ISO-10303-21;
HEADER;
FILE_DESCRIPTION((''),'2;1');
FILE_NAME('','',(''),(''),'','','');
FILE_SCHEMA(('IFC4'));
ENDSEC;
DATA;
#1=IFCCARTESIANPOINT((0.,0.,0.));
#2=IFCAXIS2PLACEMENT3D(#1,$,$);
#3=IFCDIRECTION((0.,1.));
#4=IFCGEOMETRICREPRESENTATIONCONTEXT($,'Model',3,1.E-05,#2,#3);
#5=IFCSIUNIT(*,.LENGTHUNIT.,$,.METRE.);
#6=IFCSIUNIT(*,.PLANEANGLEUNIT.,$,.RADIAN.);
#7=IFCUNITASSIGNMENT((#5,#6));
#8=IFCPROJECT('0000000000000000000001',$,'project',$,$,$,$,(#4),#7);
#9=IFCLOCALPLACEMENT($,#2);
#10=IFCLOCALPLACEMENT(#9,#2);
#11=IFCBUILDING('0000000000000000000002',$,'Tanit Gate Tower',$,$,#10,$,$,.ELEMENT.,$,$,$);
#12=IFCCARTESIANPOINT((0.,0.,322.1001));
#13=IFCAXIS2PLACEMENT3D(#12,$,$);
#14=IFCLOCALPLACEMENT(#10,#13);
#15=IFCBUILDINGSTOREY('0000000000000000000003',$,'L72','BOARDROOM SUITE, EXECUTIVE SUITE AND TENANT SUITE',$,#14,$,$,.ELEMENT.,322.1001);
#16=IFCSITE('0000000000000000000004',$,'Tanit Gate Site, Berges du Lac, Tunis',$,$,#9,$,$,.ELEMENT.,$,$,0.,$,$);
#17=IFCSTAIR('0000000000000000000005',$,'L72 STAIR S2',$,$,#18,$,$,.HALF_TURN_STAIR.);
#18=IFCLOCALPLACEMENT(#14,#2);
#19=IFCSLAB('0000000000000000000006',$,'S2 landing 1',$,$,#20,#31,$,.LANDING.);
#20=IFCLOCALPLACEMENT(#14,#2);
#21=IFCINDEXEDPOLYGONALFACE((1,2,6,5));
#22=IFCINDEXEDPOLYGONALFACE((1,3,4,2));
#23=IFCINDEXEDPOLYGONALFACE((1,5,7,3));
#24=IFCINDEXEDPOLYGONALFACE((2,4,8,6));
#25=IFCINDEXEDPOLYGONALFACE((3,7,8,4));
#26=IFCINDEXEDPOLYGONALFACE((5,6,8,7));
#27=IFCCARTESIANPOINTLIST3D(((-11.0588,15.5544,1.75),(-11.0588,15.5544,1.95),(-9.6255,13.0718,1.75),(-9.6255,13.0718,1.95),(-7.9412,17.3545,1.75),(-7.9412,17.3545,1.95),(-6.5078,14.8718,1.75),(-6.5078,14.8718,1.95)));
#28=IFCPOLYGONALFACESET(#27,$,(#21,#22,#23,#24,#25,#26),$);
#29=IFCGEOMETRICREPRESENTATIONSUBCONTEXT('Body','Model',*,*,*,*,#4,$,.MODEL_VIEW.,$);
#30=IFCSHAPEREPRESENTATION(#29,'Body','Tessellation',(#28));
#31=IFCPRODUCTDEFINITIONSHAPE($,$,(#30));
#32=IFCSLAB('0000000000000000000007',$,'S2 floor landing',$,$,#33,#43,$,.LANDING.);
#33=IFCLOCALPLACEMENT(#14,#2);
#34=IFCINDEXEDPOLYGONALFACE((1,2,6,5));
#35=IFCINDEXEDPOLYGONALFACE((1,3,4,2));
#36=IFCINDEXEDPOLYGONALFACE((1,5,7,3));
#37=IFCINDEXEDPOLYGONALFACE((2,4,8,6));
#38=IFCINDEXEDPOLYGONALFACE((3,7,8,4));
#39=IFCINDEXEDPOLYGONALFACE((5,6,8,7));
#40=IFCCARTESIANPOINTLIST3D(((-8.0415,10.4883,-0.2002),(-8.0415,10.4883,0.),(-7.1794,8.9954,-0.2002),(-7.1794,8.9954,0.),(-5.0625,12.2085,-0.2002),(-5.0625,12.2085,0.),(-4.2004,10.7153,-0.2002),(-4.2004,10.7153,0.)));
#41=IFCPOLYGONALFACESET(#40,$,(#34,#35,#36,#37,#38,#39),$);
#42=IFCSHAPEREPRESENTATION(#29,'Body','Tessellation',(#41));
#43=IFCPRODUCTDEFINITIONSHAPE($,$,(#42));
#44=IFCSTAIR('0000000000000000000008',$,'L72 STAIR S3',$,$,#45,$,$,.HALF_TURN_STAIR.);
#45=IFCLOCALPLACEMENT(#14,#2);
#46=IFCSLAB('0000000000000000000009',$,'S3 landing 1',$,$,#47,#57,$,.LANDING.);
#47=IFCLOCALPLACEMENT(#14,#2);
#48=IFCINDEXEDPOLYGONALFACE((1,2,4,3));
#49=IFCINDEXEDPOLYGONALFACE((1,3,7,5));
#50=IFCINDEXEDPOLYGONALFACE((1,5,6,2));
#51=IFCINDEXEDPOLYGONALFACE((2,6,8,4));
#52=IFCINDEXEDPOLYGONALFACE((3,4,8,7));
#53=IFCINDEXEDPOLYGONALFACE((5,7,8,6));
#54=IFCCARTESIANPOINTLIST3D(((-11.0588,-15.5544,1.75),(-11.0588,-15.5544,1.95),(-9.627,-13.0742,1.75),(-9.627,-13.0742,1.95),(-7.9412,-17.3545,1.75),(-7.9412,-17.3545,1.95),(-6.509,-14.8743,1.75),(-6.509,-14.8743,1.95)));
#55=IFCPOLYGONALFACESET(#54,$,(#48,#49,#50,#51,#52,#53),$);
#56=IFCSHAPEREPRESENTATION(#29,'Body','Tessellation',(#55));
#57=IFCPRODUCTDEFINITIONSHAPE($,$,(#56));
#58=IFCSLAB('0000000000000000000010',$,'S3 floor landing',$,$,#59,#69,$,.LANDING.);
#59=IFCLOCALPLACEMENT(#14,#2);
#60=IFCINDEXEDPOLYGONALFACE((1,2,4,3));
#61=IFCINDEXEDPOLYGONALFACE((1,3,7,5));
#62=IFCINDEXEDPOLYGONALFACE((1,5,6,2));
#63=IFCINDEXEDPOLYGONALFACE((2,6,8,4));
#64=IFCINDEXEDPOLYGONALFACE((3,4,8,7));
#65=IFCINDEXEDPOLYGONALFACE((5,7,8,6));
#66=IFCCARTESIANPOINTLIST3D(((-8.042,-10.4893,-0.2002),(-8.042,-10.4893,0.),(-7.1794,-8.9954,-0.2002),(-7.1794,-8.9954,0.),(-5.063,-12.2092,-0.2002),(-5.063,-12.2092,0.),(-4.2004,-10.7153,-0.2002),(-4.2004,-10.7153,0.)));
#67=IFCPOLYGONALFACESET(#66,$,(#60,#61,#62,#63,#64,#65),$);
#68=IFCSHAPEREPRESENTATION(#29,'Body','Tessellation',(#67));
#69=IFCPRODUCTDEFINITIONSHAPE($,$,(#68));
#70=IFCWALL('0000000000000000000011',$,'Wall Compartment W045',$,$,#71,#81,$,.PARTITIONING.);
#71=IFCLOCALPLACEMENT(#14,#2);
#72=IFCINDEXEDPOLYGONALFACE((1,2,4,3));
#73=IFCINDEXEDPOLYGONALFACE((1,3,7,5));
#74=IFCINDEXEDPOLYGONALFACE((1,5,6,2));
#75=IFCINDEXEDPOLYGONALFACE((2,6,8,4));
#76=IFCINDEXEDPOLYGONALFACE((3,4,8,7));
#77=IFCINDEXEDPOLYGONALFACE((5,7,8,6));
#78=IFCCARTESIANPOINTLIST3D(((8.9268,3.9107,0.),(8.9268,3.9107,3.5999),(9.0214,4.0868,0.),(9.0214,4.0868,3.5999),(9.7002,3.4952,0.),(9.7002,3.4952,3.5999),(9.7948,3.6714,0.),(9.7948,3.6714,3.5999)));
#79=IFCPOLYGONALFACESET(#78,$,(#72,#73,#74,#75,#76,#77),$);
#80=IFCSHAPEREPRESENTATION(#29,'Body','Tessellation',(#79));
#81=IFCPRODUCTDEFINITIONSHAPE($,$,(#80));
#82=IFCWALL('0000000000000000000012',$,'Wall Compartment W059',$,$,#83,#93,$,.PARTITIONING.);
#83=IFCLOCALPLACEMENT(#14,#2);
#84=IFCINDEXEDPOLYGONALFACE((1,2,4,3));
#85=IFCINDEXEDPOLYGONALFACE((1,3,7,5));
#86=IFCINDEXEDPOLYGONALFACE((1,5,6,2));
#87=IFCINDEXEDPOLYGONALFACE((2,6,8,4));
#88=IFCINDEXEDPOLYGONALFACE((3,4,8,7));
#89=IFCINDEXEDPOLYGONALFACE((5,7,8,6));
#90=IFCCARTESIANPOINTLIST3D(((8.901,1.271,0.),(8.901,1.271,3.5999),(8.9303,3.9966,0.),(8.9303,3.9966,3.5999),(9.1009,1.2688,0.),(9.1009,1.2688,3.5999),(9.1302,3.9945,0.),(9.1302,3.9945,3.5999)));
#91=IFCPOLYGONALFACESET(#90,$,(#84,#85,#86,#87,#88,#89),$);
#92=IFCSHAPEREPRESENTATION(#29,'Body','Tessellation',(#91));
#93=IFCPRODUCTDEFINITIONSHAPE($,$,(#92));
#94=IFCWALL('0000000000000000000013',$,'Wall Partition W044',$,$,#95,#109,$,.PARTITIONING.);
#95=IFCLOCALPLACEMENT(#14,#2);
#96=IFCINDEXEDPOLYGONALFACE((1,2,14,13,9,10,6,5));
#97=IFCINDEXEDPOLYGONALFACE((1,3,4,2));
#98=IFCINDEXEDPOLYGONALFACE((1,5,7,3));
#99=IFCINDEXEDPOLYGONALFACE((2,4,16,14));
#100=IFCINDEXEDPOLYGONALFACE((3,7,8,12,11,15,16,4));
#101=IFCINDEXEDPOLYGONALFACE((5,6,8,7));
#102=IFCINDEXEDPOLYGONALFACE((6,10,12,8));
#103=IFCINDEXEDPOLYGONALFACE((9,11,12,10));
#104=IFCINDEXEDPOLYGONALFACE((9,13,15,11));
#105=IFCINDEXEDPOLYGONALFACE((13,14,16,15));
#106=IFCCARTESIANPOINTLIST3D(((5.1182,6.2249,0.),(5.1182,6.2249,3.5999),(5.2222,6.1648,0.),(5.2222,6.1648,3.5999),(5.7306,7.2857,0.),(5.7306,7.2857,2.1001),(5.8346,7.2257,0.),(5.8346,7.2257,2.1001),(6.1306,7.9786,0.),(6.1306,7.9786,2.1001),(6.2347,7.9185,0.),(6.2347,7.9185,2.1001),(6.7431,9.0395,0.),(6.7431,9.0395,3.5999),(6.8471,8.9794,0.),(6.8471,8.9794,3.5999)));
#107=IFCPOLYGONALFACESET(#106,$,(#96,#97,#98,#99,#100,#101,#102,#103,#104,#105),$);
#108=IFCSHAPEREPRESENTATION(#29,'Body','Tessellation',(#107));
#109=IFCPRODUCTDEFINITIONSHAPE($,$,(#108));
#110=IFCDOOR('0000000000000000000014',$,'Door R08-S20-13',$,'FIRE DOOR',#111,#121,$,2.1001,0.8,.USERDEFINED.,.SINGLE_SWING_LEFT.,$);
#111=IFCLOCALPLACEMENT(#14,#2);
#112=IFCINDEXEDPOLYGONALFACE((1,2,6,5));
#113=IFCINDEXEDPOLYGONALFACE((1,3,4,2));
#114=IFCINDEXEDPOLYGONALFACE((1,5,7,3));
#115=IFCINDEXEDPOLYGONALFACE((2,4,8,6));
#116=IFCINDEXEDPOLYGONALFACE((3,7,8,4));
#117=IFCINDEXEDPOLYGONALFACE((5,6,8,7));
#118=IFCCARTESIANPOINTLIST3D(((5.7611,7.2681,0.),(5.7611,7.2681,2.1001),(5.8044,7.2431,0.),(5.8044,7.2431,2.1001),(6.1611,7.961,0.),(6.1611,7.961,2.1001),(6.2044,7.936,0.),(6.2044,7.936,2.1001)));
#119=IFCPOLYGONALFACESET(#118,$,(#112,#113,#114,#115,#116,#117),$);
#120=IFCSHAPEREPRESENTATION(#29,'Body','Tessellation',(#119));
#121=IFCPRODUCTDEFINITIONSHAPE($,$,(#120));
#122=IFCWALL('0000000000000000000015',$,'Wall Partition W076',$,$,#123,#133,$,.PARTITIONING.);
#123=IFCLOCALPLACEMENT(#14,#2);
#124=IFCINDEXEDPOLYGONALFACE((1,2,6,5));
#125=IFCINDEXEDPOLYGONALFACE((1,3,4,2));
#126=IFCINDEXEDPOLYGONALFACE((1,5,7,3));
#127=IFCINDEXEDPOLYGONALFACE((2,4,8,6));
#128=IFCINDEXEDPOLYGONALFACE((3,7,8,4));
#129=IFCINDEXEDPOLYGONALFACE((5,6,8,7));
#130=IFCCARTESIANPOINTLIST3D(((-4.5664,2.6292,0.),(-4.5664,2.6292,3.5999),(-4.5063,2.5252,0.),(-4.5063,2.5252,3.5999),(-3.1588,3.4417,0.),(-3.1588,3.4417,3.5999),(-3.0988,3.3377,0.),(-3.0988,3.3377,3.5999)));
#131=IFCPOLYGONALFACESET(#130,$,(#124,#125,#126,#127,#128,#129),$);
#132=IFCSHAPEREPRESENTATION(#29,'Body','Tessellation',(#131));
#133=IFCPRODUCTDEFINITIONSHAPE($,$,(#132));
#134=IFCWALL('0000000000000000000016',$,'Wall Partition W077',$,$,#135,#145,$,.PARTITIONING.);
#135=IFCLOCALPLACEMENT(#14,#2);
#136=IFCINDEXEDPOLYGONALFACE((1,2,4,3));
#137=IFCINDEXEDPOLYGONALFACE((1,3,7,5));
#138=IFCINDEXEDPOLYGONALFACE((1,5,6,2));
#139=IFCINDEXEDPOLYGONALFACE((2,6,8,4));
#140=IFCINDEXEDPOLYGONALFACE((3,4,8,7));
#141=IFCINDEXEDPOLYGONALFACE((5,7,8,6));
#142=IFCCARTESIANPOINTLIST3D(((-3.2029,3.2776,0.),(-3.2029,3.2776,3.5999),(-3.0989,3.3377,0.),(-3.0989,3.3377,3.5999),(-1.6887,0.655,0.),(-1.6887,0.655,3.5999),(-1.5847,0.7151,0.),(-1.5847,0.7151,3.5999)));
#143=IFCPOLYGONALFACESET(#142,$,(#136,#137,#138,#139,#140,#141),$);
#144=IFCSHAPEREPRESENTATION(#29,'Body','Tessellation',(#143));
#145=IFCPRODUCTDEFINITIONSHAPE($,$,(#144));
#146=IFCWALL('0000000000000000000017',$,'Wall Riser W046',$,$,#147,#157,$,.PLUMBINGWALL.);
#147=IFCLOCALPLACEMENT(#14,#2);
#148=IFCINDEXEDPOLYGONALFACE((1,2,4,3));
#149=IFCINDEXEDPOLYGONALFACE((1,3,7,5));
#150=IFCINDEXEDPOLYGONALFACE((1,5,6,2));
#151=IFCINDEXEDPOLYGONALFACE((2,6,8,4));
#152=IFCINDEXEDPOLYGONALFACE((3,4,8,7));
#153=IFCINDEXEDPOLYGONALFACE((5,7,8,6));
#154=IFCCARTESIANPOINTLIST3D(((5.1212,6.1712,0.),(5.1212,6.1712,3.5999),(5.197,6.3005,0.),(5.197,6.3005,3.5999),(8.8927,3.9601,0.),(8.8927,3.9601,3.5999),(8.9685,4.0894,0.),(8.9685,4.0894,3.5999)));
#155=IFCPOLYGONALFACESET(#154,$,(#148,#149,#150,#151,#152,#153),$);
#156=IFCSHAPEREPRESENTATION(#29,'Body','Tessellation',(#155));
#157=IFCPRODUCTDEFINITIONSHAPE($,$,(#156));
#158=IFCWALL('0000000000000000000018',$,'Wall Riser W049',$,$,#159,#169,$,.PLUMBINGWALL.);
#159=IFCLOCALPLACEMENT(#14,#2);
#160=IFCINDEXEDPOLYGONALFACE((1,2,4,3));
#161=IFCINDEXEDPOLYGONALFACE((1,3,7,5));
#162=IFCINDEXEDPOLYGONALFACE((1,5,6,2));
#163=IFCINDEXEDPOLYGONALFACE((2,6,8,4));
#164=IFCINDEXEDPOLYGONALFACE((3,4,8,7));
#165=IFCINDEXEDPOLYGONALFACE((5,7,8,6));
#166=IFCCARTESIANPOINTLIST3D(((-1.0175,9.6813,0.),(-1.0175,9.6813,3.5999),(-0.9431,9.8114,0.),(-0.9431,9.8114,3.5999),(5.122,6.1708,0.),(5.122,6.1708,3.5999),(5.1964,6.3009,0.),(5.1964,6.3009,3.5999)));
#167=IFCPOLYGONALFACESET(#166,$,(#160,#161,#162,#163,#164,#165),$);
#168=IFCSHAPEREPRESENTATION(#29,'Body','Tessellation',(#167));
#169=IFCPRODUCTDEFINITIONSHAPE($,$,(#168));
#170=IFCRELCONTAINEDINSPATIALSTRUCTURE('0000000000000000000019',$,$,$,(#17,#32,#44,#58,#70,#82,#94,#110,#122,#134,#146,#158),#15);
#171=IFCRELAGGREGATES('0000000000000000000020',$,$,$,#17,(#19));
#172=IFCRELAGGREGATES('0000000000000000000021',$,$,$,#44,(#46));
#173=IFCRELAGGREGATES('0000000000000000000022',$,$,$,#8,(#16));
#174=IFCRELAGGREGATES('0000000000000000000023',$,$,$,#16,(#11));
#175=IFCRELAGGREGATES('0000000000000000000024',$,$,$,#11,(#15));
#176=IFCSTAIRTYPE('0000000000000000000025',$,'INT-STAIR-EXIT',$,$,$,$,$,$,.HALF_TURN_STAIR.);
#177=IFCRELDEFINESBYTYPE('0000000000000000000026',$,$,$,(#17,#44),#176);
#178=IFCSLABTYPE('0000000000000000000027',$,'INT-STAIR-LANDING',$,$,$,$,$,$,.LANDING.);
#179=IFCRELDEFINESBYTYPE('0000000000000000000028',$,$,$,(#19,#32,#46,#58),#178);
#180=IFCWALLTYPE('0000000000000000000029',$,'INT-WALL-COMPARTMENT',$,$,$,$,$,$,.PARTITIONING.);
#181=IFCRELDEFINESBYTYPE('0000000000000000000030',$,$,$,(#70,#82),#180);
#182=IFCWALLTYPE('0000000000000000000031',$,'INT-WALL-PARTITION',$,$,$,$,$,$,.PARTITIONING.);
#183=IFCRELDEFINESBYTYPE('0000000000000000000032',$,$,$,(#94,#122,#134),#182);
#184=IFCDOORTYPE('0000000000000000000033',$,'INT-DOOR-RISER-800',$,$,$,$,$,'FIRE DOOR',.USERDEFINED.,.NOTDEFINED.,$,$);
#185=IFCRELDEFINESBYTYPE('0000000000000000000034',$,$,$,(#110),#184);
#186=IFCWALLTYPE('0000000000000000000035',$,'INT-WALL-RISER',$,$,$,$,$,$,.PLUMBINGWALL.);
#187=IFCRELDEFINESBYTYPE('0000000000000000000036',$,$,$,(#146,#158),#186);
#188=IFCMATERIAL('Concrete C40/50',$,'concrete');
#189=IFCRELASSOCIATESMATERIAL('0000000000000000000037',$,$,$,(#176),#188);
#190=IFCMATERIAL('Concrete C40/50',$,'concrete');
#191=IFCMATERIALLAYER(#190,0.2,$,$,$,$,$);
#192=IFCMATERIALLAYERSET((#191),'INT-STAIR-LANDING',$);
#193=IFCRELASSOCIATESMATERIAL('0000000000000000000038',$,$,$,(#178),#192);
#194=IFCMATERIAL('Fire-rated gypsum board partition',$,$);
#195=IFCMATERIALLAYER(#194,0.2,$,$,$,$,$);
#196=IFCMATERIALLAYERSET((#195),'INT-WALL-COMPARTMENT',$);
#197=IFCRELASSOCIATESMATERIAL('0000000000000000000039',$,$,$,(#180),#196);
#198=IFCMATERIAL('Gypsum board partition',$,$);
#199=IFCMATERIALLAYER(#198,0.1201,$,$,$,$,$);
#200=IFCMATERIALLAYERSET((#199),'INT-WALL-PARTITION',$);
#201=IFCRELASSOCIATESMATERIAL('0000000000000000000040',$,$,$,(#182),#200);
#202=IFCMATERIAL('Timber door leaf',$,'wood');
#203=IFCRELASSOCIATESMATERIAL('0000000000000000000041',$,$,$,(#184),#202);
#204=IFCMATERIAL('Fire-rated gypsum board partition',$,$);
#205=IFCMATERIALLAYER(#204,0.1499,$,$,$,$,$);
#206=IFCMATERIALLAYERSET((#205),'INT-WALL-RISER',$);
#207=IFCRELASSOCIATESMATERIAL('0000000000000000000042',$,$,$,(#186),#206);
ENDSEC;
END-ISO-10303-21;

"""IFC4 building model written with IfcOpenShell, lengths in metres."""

from ifc_helpers import new_model, si_unit, direction, frame, frame_2d, origin, place, context, subcontext, project, spatial, polyline, rectangle, outline, extrude, material, layer, layer_set, type_object, element, fill, aggregate, save


model = new_model("IFC4")

# Units and contexts
model_context = context("Model", 3, precision=1e-05, world=origin(), true_north=direction((0.0, 1.0)))
body_context = subcontext(model_context, "Body", "Model", "MODEL_VIEW")
ifc_project = project(units=[si_unit("LENGTHUNIT", "METRE"), si_unit("PLANEANGLEUNIT", "RADIAN")], contexts=[model_context])

# Site, building, storey
site_placement = place(None, origin())
site = spatial("IfcSite", under=ifc_project, at=site_placement, Name="Tanit Gate Site, Berges du Lac, Tunis", CompositionType="ELEMENT", RefElevation=0.0)
building_placement = place(site_placement, origin())
building = spatial("IfcBuilding", under=site, at=building_placement, Name="Tanit Gate Tower", CompositionType="ELEMENT")
storey_placement = place(building_placement, frame((0.0, 0.0, 322.1001)))
storey = spatial("IfcBuildingStorey", under=building, at=storey_placement, Name="L72", Description="BOARDROOM SUITE, EXECUTIVE SUITE AND TENANT SUITE", CompositionType="ELEMENT", Elevation=322.1001)

# Stair, slab
ifc_material_1 = material(Name="Concrete C40/50", Category="concrete")
stair_type = type_object("IfcStairType", Name="INT-STAIR-EXIT", PredefinedType="HALF_TURN_STAIR", material=ifc_material_1)
stair_1_placement = place(storey_placement, origin())
stair_1 = element("IfcStair", 1, at=stair_1_placement, inside=storey, type_object=stair_type, Name="L72 STAIR S2", PredefinedType="HALF_TURN_STAIR")
ifc_material_2 = material(Name="Concrete C40/50", Category="concrete")
ifc_layer_1 = layer(ifc_material_2, 0.2)
ifc_layer_set_1 = layer_set([ifc_layer_1], Name="INT-STAIR-LANDING")
slab_type = type_object("IfcSlabType", Name="INT-STAIR-LANDING", PredefinedType="LANDING", material=ifc_layer_set_1)
slab_1_placement = place(storey_placement, frame((0.0, 0.0, 1.75)))
slab_1 = element("IfcSlab", 2, at=slab_1_placement, type_object=slab_type, Name="S2 landing 1", PredefinedType="LANDING", context=body_context, shape_type="SweptSolid", body=[
    extrude(outline(polyline([(-6.5078, 14.8718), (-7.9412, 17.3545), (-11.0588, 15.5544), (-9.6255, 13.0718), (-6.5078, 14.8718)])), origin(), (0.0, 0.0, 1.0), 0.2),
])
aggregate(stair_1, [slab_1])

# Slab
slab_2_placement = place(storey_placement, frame((0.0, 0.0, -0.2002)))
element("IfcSlab", 3, at=slab_2_placement, inside=storey, type_object=slab_type, Name="S2 floor landing", PredefinedType="LANDING", context=body_context, shape_type="SweptSolid", body=[
    extrude(outline(polyline([(-4.2004, 10.7153), (-5.0625, 12.2085), (-8.0415, 10.4883), (-7.1794, 8.9954), (-4.2004, 10.7153)])), origin(), (0.0, 0.0, 1.0), 0.2002),
])

# Stair, slab
stair_2_placement = place(storey_placement, origin())
stair_2 = element("IfcStair", 4, at=stair_2_placement, inside=storey, type_object=stair_type, Name="L72 STAIR S3", PredefinedType="HALF_TURN_STAIR")
slab_3_placement = place(storey_placement, frame((0.0, 0.0, 1.75)))
slab_3 = element("IfcSlab", 5, at=slab_3_placement, type_object=slab_type, Name="S3 landing 1", PredefinedType="LANDING", context=body_context, shape_type="SweptSolid", body=[
    extrude(outline(polyline([(-9.627, -13.0742), (-11.0588, -15.5544), (-7.9412, -17.3545), (-6.509, -14.8743), (-9.627, -13.0742)])), origin(), (0.0, 0.0, 1.0), 0.2),
])
aggregate(stair_2, [slab_3])

# Slab
slab_4_placement = place(storey_placement, frame((0.0, 0.0, -0.2002)))
element("IfcSlab", 6, at=slab_4_placement, inside=storey, type_object=slab_type, Name="S3 floor landing", PredefinedType="LANDING", context=body_context, shape_type="SweptSolid", body=[
    extrude(outline(polyline([(-7.1794, -8.9954), (-8.042, -10.4893), (-5.063, -12.2092), (-4.2004, -10.7153), (-7.1794, -8.9954)])), origin(), (0.0, 0.0, 1.0), 0.2002),
])

# Walls
ifc_material_3 = material(Name="Fire-rated gypsum board partition")
ifc_layer_2 = layer(ifc_material_3, 0.2)
ifc_layer_set_2 = layer_set([ifc_layer_2], Name="INT-WALL-COMPARTMENT")
wall_type_1 = type_object("IfcWallType", Name="INT-WALL-COMPARTMENT", PredefinedType="PARTITIONING", material=ifc_layer_set_2)
wall_1_placement = place(storey_placement, frame((8.9741, 3.9988, 0.0), z_axis=(0.0, 0.0, 1.0), x_axis=(0.880917, -0.473271, 0.0)))
element("IfcWall", 7, at=wall_1_placement, inside=storey, type_object=wall_type_1, Name="Wall Compartment W045", PredefinedType="PARTITIONING", context=body_context, shape_type="SweptSolid", body=[
    extrude(rectangle(XDim=0.8779, YDim=0.2, at=frame_2d((0.439, 0.0))), origin(), (0.0, 0.0, 1.0), 3.5999),
])
wall_2_placement = place(storey_placement, frame((9.001, 1.27, 0.0), z_axis=(0.0, 0.0, 1.0), x_axis=(0.010748, 0.999942, 0.0)))
element("IfcWall", 8, at=wall_2_placement, inside=storey, type_object=wall_type_1, Name="Wall Compartment W059", PredefinedType="PARTITIONING", context=body_context, shape_type="SweptSolid", body=[
    extrude(rectangle(XDim=2.7258, YDim=0.2, at=frame_2d((1.3628, 0.0))), origin(), (0.0, 0.0, 1.0), 3.5999),
])

# Wall, opening, door
ifc_material_4 = material(Name="Gypsum board partition")
ifc_layer_3 = layer(ifc_material_4, 0.1201)
ifc_layer_set_3 = layer_set([ifc_layer_3], Name="INT-WALL-PARTITION")
wall_type_2 = type_object("IfcWallType", Name="INT-WALL-PARTITION", PredefinedType="PARTITIONING", material=ifc_layer_set_3)
wall_3_placement = place(storey_placement, frame((5.1702, 6.1948, 0.0), z_axis=(0.0, 0.0, 1.0), x_axis=(0.499985, 0.866034, 0.0)))
wall_3 = element("IfcWall", 9, at=wall_3_placement, inside=storey, type_object=wall_type_2, Name="Wall Partition W044", PredefinedType="PARTITIONING", context=body_context, shape_type="SweptSolid", body=[
    extrude(rectangle(XDim=3.25, YDim=0.1201, at=frame_2d((1.625, 0.0))), origin(), (0.0, 0.0, 1.0), 3.5999),
])
opening_1_placement = place(wall_3_placement, frame((1.2251, 0.0, 0.0)))
opening_1 = element("IfcOpeningElement", 10, at=opening_1_placement, cuts=wall_3, PredefinedType="OPENING", context=body_context, shape_type="SweptSolid", body=[
    extrude(rectangle(XDim=0.8, YDim=2.1001, at=frame_2d((0.3999, 1.05))), frame((0.0, 0.0701, 0.0), z_axis=(0.0, -1.0, 0.0), x_axis=(1.0, 0.0, 0.0)), (0.0, 0.0, 1.0), 0.1401),
])
ifc_material_5 = material(Name="Timber door leaf", Category="wood")
door_type_1 = type_object("IfcDoorType", Name="INT-DOOR-RISER-800", ElementType="FIRE DOOR", OperationType="NOTDEFINED", PredefinedType="USERDEFINED", material=ifc_material_5)
door_1_placement = place(opening_1_placement, origin())
door_1 = element("IfcDoor", 11, at=door_1_placement, inside=storey, type_object=door_type_1, Name="Door R08-S20-13", ObjectType="FIRE DOOR", OperationType="SINGLE_SWING_LEFT", OverallHeight=2.1001, OverallWidth=0.8, PredefinedType="USERDEFINED", context=body_context, shape_type="SweptSolid", body=[
    extrude(rectangle(XDim=0.8, YDim=2.1001, at=frame_2d((0.3999, 1.05))), frame((0.0, 0.0249, 0.0), z_axis=(0.0, -1.0, 0.0), x_axis=(1.0, 0.0, 0.0)), (0.0, 0.0, 1.0), 0.05),
])
fill(opening_1, door_1)

# Walls
wall_4_placement = place(storey_placement, frame((-3.1289, 3.3896, 0.0), z_axis=(0.0, 0.0, 1.0), x_axis=(-0.866053, -0.499952, 0.0)))
element("IfcWall", 12, at=wall_4_placement, inside=storey, type_object=wall_type_2, Name="Wall Partition W076", PredefinedType="PARTITIONING", context=body_context, shape_type="SweptSolid", body=[
    extrude(rectangle(XDim=1.6252, YDim=0.1201, at=frame_2d((0.8125, 0.0))), origin(), (0.0, 0.0, 1.0), 3.5999),
])
wall_5_placement = place(storey_placement, frame((-1.6367, 0.6851, 0.0), z_axis=(0.0, 0.0, 1.0), x_axis=(-0.500006, 0.866022, 0.0)))
element("IfcWall", 13, at=wall_5_placement, inside=storey, type_object=wall_type_2, Name="Wall Partition W077", PredefinedType="PARTITIONING", context=body_context, shape_type="SweptSolid", body=[
    extrude(rectangle(XDim=3.0283, YDim=0.1201, at=frame_2d((1.5142, 0.0))), origin(), (0.0, 0.0, 1.0), 3.5999),
])
ifc_material_6 = material(Name="Fire-rated gypsum board partition")
ifc_layer_4 = layer(ifc_material_6, 0.1499)
ifc_layer_set_4 = layer_set([ifc_layer_4], Name="INT-WALL-RISER")
wall_type_3 = type_object("IfcWallType", Name="INT-WALL-RISER", PredefinedType="PLUMBINGWALL", material=ifc_layer_set_4)
wall_6_placement = place(storey_placement, frame((8.9307, 4.0247, 0.0), z_axis=(0.0, 0.0, 1.0), x_axis=(-0.862667, 0.505773, 0.0)))
element("IfcWall", 14, at=wall_6_placement, inside=storey, type_object=wall_type_3, Name="Wall Riser W046", PredefinedType="PLUMBINGWALL", context=body_context, shape_type="SweptSolid", body=[
    extrude(rectangle(XDim=4.3718, YDim=0.1499, at=frame_2d((2.186, 0.0))), origin(), (0.0, 0.0, 1.0), 3.5999),
])
wall_7_placement = place(storey_placement, frame((5.1592, 6.2358, 0.0), z_axis=(0.0, 0.0, 1.0), x_axis=(-0.868105, 0.496381, 0.0)))
element("IfcWall", 15, at=wall_7_placement, inside=storey, type_object=wall_type_3, Name="Wall Riser W049", PredefinedType="PLUMBINGWALL", context=body_context, shape_type="SweptSolid", body=[
    extrude(rectangle(XDim=7.0723, YDim=0.1499, at=frame_2d((3.5361, 0.0))), origin(), (0.0, 0.0, 1.0), 3.5999),
])

save(model, "model.ifc")
